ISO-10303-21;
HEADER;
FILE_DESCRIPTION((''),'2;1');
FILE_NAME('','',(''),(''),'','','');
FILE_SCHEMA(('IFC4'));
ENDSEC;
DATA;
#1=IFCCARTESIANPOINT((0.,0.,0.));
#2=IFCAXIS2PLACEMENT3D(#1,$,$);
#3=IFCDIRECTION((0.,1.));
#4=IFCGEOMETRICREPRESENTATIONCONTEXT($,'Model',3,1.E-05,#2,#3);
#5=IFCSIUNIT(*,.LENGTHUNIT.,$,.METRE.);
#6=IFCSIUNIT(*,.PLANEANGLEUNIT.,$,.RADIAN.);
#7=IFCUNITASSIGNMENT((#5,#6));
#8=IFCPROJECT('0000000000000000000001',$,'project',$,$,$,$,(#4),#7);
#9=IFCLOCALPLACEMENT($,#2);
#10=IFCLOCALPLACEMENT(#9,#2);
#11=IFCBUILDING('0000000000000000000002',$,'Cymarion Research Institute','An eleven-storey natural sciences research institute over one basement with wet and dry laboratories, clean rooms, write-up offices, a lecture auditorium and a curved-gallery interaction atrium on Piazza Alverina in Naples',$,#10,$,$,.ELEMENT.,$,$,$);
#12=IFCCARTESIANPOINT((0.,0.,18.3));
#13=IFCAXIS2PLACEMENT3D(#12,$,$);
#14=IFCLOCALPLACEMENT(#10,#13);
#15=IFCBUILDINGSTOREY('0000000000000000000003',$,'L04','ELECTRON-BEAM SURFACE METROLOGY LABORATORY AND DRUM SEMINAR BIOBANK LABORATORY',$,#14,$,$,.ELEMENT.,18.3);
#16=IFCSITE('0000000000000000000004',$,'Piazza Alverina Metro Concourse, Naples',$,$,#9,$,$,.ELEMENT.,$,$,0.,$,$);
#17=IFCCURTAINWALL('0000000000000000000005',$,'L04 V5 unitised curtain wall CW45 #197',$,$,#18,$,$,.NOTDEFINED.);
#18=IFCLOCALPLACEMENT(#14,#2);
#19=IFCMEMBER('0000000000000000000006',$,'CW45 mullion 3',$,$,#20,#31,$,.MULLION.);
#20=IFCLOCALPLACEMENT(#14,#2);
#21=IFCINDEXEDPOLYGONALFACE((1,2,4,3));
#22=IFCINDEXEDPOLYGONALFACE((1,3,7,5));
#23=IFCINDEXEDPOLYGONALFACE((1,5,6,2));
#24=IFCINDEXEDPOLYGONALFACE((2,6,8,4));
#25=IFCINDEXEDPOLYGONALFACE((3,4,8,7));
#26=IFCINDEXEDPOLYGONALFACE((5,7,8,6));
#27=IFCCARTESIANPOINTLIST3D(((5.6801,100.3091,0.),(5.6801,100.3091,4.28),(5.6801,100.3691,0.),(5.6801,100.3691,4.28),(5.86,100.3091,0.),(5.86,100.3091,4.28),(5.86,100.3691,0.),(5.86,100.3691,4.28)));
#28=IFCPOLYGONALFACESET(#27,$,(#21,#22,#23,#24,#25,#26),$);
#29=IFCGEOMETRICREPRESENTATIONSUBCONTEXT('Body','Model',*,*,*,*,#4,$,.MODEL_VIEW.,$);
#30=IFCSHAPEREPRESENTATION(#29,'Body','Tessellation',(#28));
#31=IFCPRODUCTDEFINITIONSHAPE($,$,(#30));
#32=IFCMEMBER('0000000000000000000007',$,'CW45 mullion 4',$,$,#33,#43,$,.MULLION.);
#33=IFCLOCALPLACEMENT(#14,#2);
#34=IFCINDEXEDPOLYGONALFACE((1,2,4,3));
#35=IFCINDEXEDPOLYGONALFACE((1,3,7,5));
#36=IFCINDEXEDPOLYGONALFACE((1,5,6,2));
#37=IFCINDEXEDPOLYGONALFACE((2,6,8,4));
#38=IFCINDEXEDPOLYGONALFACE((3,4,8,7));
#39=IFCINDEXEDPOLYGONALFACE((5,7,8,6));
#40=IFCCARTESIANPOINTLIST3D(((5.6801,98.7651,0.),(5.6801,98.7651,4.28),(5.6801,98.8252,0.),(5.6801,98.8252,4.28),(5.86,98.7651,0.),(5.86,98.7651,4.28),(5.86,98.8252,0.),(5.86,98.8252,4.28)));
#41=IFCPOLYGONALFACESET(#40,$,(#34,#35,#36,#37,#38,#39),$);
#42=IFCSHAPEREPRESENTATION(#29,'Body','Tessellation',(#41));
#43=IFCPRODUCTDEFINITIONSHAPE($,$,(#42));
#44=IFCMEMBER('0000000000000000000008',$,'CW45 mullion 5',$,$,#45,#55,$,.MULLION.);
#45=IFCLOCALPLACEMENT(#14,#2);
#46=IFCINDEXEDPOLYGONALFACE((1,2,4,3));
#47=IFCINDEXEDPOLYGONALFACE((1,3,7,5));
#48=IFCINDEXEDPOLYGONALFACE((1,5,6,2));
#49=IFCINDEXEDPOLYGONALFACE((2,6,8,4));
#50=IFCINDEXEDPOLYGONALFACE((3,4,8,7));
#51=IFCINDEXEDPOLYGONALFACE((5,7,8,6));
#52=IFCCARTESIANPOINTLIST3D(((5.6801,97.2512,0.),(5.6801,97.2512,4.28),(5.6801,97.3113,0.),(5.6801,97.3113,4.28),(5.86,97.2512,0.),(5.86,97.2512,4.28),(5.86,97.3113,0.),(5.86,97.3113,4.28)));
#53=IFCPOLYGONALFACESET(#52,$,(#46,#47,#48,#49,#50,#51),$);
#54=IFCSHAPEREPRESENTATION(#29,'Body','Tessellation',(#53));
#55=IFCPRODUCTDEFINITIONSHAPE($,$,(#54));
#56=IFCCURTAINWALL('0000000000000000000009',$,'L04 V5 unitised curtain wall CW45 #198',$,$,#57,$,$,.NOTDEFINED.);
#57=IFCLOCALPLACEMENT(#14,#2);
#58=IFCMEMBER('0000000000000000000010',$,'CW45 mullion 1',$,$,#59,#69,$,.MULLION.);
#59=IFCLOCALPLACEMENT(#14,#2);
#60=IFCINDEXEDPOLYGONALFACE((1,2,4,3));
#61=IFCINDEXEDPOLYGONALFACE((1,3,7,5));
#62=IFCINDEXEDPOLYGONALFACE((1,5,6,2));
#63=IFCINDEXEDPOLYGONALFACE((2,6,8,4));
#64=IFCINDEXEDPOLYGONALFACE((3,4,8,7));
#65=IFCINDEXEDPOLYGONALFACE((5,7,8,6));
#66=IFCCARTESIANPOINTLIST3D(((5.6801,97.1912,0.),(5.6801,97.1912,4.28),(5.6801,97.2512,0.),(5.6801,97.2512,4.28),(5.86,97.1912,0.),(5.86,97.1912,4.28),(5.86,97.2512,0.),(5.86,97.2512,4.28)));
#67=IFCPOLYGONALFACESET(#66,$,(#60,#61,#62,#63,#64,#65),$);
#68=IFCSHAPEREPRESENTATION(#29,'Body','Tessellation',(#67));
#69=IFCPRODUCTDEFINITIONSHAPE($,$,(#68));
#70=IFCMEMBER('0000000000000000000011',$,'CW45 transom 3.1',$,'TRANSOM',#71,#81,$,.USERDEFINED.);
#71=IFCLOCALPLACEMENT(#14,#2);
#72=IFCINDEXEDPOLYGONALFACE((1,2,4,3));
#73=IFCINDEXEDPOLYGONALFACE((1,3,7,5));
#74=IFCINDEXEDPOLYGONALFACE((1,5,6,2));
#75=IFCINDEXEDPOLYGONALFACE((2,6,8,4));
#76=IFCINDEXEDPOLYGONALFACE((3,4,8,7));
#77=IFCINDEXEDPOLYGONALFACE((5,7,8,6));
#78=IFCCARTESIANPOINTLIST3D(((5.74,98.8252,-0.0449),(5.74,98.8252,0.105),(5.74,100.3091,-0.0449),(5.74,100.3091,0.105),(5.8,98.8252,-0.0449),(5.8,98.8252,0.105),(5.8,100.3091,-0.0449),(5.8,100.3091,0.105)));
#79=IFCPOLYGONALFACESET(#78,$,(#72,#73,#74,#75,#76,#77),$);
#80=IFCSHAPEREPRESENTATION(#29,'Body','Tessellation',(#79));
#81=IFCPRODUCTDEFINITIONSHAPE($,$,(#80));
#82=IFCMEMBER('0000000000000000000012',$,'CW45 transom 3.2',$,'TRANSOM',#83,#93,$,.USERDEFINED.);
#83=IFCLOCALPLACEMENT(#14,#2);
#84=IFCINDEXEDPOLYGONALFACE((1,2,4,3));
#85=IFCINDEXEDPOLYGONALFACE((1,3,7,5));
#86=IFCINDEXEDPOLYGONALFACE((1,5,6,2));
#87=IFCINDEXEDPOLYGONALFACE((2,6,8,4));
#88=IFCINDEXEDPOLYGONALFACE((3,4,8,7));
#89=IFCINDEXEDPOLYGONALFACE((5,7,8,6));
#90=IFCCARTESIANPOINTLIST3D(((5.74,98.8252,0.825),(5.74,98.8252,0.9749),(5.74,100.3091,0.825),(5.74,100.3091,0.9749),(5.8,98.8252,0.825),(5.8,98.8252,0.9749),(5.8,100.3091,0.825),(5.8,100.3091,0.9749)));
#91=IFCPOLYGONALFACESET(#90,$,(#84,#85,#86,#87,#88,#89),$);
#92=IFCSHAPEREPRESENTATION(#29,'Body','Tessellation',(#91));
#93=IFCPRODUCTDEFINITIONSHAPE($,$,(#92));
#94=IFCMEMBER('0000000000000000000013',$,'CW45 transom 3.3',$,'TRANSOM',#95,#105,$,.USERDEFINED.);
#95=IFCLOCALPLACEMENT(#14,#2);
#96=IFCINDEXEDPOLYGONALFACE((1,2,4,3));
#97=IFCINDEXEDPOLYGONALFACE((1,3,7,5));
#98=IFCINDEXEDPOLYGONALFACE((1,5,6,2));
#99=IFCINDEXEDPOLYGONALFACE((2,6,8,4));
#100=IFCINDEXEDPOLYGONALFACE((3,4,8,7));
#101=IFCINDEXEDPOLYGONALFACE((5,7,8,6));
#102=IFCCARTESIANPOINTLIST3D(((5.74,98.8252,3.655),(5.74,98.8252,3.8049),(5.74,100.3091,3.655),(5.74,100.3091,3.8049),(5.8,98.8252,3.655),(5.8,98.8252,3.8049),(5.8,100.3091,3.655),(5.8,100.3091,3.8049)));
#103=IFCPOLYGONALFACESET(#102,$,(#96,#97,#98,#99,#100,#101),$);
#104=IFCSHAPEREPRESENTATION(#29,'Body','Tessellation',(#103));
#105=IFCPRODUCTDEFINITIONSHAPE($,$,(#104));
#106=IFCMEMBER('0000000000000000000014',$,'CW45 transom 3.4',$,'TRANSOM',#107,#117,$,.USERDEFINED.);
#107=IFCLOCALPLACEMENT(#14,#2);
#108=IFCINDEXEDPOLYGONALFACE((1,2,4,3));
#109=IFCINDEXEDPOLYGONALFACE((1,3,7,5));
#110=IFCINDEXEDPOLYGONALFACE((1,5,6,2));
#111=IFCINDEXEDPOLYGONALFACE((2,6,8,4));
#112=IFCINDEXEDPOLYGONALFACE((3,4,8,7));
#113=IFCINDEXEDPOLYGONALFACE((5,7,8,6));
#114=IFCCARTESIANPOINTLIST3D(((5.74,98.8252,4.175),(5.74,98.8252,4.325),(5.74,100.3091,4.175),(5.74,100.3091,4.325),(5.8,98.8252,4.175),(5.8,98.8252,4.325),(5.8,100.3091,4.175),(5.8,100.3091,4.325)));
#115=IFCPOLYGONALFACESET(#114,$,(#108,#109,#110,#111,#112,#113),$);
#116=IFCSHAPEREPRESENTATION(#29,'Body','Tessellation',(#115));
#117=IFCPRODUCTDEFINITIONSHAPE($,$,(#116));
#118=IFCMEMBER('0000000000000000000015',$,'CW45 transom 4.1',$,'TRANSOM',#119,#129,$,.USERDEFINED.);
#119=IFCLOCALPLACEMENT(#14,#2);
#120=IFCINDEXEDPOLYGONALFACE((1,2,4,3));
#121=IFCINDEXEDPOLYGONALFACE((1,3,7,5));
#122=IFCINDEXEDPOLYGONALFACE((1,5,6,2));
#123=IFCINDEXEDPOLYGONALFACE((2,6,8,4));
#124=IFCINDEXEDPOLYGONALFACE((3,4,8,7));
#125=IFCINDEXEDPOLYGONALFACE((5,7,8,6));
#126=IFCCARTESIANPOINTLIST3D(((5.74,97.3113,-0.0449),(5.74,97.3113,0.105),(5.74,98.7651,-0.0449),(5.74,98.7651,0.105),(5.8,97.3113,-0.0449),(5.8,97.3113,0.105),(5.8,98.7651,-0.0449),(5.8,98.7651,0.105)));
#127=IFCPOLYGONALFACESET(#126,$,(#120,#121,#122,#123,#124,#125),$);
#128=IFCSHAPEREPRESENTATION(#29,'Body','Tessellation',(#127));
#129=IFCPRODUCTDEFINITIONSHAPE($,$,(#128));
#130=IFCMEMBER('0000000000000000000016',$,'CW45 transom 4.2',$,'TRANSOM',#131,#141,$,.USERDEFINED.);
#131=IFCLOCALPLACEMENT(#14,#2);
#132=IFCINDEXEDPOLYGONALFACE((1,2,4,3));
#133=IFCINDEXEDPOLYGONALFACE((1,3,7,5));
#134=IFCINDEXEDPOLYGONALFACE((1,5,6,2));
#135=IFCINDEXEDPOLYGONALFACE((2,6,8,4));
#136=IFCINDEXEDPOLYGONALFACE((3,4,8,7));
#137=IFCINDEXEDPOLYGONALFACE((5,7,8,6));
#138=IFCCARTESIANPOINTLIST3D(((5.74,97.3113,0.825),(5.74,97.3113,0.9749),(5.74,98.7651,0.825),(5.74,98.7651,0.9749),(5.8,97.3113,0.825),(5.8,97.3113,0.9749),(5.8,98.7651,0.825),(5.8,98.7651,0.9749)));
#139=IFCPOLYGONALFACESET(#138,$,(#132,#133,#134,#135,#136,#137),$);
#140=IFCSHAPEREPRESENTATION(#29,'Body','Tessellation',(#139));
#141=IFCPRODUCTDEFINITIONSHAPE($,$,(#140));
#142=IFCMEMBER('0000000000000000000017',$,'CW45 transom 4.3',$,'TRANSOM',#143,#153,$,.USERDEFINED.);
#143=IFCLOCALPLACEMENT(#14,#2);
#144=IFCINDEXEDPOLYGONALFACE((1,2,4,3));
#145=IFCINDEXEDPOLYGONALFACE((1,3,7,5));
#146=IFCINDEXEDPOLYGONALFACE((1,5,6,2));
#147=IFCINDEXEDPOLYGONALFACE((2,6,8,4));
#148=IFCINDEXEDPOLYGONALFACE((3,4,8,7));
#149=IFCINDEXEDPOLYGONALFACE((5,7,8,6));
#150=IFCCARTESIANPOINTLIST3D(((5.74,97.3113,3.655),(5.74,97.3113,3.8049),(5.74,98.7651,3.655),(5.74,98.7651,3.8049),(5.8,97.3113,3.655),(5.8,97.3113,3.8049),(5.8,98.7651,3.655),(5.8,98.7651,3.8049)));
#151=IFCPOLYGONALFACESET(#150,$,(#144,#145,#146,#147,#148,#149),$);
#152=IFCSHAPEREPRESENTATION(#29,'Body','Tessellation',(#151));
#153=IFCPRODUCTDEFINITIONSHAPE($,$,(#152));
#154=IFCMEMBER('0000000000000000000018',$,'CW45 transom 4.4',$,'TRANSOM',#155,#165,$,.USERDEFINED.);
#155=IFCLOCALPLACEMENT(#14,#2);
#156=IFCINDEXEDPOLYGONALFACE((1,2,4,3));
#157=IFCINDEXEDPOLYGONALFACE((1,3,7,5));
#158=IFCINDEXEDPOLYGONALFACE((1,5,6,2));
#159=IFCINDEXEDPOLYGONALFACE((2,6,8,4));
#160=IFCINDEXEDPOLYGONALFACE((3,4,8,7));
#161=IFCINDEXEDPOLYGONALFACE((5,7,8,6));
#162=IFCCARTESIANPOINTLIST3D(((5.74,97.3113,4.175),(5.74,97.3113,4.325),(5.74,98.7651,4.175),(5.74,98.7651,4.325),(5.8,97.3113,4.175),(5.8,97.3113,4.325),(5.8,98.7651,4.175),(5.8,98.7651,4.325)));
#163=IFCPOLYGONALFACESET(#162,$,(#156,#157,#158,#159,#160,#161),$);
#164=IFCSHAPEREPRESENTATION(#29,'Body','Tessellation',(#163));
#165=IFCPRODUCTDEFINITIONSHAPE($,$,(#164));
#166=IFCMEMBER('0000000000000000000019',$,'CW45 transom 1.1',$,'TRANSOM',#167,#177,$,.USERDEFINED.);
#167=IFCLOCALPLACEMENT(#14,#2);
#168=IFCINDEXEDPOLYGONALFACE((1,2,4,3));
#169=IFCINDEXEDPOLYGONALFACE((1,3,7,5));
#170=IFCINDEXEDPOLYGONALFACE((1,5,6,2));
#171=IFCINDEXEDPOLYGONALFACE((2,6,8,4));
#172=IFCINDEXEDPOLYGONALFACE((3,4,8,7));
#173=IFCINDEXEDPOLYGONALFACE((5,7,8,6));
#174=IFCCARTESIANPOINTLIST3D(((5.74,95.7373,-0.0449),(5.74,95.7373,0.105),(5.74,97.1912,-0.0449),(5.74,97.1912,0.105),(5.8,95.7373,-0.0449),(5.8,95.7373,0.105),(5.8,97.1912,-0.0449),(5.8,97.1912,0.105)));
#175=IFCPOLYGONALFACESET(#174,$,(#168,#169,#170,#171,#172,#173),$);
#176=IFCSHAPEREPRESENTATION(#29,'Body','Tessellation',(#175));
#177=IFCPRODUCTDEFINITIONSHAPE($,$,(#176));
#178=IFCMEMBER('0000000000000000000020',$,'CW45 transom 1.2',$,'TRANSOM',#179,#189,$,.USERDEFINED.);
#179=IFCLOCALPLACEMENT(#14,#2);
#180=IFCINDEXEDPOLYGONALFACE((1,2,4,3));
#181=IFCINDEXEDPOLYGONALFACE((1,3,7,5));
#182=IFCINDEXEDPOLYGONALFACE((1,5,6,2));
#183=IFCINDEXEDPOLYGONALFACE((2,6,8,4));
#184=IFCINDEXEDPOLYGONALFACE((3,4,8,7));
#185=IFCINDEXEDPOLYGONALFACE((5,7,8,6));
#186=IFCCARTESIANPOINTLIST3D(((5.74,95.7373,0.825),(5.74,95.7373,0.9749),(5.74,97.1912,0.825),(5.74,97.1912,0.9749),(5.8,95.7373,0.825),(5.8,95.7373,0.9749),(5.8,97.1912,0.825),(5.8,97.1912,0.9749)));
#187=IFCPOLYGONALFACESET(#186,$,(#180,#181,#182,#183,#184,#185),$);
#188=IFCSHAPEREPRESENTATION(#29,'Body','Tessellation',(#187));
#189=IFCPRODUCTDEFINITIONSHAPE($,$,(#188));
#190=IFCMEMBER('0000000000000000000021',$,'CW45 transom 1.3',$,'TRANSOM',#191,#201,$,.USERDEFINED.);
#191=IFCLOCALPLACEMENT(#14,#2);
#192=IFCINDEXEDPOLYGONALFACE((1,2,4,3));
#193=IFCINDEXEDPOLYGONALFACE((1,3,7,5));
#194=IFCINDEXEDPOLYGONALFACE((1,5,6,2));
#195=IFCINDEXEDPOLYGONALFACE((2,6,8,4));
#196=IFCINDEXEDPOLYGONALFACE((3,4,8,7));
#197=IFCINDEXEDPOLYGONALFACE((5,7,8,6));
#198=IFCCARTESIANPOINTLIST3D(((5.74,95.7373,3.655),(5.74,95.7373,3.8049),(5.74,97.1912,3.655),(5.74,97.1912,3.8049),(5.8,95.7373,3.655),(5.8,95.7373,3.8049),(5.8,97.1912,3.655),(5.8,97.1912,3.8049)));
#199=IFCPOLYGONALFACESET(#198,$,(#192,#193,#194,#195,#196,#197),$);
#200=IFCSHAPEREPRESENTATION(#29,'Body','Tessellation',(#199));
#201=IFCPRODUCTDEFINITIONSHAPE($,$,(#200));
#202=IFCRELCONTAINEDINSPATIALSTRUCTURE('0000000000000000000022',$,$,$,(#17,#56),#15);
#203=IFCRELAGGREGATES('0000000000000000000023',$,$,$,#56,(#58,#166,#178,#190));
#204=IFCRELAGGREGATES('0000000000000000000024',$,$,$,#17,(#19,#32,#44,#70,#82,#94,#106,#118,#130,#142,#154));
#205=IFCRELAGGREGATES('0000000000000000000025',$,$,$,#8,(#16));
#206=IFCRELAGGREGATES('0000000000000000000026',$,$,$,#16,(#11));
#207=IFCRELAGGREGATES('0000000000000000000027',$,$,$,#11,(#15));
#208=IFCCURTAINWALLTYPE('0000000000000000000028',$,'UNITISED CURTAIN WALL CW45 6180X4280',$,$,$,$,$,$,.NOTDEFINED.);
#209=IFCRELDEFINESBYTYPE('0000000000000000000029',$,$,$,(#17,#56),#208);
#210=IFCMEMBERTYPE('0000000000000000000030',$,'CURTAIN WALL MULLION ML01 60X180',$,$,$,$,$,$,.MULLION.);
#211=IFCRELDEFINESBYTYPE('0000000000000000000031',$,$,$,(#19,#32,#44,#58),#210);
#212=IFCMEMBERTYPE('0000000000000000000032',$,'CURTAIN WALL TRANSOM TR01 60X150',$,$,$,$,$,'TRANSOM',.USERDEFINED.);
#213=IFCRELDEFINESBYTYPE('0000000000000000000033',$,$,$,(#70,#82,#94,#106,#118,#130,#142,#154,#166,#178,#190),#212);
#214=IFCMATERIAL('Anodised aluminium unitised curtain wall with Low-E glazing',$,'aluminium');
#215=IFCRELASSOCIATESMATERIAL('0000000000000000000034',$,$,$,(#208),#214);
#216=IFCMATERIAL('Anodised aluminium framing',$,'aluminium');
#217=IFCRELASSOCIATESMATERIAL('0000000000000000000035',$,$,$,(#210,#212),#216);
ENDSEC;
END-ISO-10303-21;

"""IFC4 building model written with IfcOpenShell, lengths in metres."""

from ifc_helpers import new_model, si_unit, direction, frame, origin, origin_2d, place, context, subcontext, project, spatial, rectangle, extrude, material, material_profile, profile_set, type_object, element, aggregate, save


model = new_model("IFC4")

# Units and contexts
model_context = context("Model", 3, precision=1e-05, world=origin(), true_north=direction((0.0, 1.0)))
body_context = subcontext(model_context, "Body", "Model", "MODEL_VIEW")
ifc_project = project(units=[si_unit("LENGTHUNIT", "METRE"), si_unit("PLANEANGLEUNIT", "RADIAN")], contexts=[model_context])

# Site, building, storey
site_placement = place(None, origin())
site = spatial("IfcSite", under=ifc_project, at=site_placement, Name="Piazza Alverina Metro Concourse, Naples", CompositionType="ELEMENT", RefElevation=0.0)
building_placement = place(site_placement, origin())
building = spatial("IfcBuilding", under=site, at=building_placement, Name="Cymarion Research Institute", Description="An eleven-storey natural sciences research institute over one basement with wet and dry laboratories, clean rooms, write-up offices, a lecture auditorium and a curved-gallery interaction atrium on Piazza Alverina in Naples", CompositionType="ELEMENT")
storey_placement = place(building_placement, frame((0.0, 0.0, 18.3)))
storey = spatial("IfcBuildingStorey", under=building, at=storey_placement, Name="L04", Description="ELECTRON-BEAM SURFACE METROLOGY LABORATORY AND DRUM SEMINAR BIOBANK LABORATORY", CompositionType="ELEMENT", Elevation=18.3)

# Curtain wall, members
ifc_material_1 = material(Name="Anodised aluminium unitised curtain wall with Low-E glazing", Category="aluminium")
curtain_wall_type = type_object("IfcCurtainWallType", Name="UNITISED CURTAIN WALL CW45 6180X4280", PredefinedType="NOTDEFINED", material=ifc_material_1)
curtain_wall_1_placement = place(storey_placement, origin())
curtain_wall_1 = element("IfcCurtainWall", 1, at=curtain_wall_1_placement, inside=storey, type_object=curtain_wall_type, Name="L04 V5 unitised curtain wall CW45 #197", PredefinedType="NOTDEFINED")
ifc_material_2 = material(Name="Anodised aluminium framing", Category="aluminium")
ifc_material_profile_1 = material_profile(ifc_material_2, rectangle(XDim=0.0601, YDim=0.1799, at=origin_2d()), Name="ALU MULLION 60x180")
ifc_profile_set_1 = profile_set([ifc_material_profile_1], Name="Anodised aluminium framing")
member_type_1 = type_object("IfcMemberType", Name="CURTAIN WALL MULLION ML01 60X180", PredefinedType="MULLION", material=ifc_profile_set_1)
member_1_placement = place(storey_placement, frame((5.77, 100.3391, 0.0), z_axis=(0.0, 0.0, 1.0), x_axis=(0.0, -1.0, 0.0)))
member_1 = element("IfcMember", 2, at=member_1_placement, type_object=member_type_1, Name="CW45 mullion 3", PredefinedType="MULLION", context=body_context, shape_type="SweptSolid", body=[
    extrude(rectangle(XDim=0.0601, YDim=0.1799, at=origin_2d()), origin(), (0.0, 0.0, 1.0), 4.28),
])
member_2_placement = place(storey_placement, frame((5.77, 98.7952, 0.0), z_axis=(0.0, 0.0, 1.0), x_axis=(0.0, -1.0, 0.0)))
member_2 = element("IfcMember", 3, at=member_2_placement, type_object=member_type_1, Name="CW45 mullion 4", PredefinedType="MULLION", context=body_context, shape_type="SweptSolid", body=[
    extrude(rectangle(XDim=0.0601, YDim=0.1799, at=origin_2d()), origin(), (0.0, 0.0, 1.0), 4.28),
])
member_3_placement = place(storey_placement, frame((5.77, 97.2812, 0.0), z_axis=(0.0, 0.0, 1.0), x_axis=(0.0, -1.0, 0.0)))
member_3 = element("IfcMember", 4, at=member_3_placement, type_object=member_type_1, Name="CW45 mullion 5", PredefinedType="MULLION", context=body_context, shape_type="SweptSolid", body=[
    extrude(rectangle(XDim=0.0601, YDim=0.1799, at=origin_2d()), origin(), (0.0, 0.0, 1.0), 4.28),
])

# Curtain wall, member
curtain_wall_2_placement = place(storey_placement, origin())
curtain_wall_2 = element("IfcCurtainWall", 5, at=curtain_wall_2_placement, inside=storey, type_object=curtain_wall_type, Name="L04 V5 unitised curtain wall CW45 #198", PredefinedType="NOTDEFINED")
member_4_placement = place(storey_placement, frame((5.77, 97.2212, 0.0), z_axis=(0.0, 0.0, 1.0), x_axis=(0.0, -1.0, 0.0)))
member_4 = element("IfcMember", 6, at=member_4_placement, type_object=member_type_1, Name="CW45 mullion 1", PredefinedType="MULLION", context=body_context, shape_type="SweptSolid", body=[
    extrude(rectangle(XDim=0.0601, YDim=0.1799, at=origin_2d()), origin(), (0.0, 0.0, 1.0), 4.28),
])

# Members
ifc_material_profile_2 = material_profile(ifc_material_2, rectangle(XDim=0.0601, YDim=0.1499, at=origin_2d()), Name="ALU TRANSOM 60x150")
ifc_profile_set_2 = profile_set([ifc_material_profile_2], Name="Anodised aluminium framing")
member_type_2 = type_object("IfcMemberType", Name="CURTAIN WALL TRANSOM TR01 60X150", ElementType="TRANSOM", PredefinedType="USERDEFINED", material=ifc_profile_set_2)
member_5_placement = place(storey_placement, frame((5.77, 100.3091, 0.03), z_axis=(0.0, -1.0, 0.0), x_axis=(1.0, 0.0, 0.0)))
member_5 = element("IfcMember", 7, at=member_5_placement, type_object=member_type_2, Name="CW45 transom 3.1", ObjectType="TRANSOM", PredefinedType="USERDEFINED", context=body_context, shape_type="SweptSolid", body=[
    extrude(rectangle(XDim=0.0601, YDim=0.1499, at=origin_2d()), origin(), (0.0, 0.0, 1.0), 1.4839),
])
member_6_placement = place(storey_placement, frame((5.77, 100.3091, 0.8999), z_axis=(0.0, -1.0, 0.0), x_axis=(1.0, 0.0, 0.0)))
member_6 = element("IfcMember", 8, at=member_6_placement, type_object=member_type_2, Name="CW45 transom 3.2", ObjectType="TRANSOM", PredefinedType="USERDEFINED", context=body_context, shape_type="SweptSolid", body=[
    extrude(rectangle(XDim=0.0601, YDim=0.1499, at=origin_2d()), origin(), (0.0, 0.0, 1.0), 1.4839),
])
member_7_placement = place(storey_placement, frame((5.77, 100.3091, 3.73), z_axis=(0.0, -1.0, 0.0), x_axis=(1.0, 0.0, 0.0)))
member_7 = element("IfcMember", 9, at=member_7_placement, type_object=member_type_2, Name="CW45 transom 3.3", ObjectType="TRANSOM", PredefinedType="USERDEFINED", context=body_context, shape_type="SweptSolid", body=[
    extrude(rectangle(XDim=0.0601, YDim=0.1499, at=origin_2d()), origin(), (0.0, 0.0, 1.0), 1.4839),
])
member_8_placement = place(storey_placement, frame((5.77, 100.3091, 4.25), z_axis=(0.0, -1.0, 0.0), x_axis=(1.0, 0.0, 0.0)))
member_8 = element("IfcMember", 10, at=member_8_placement, type_object=member_type_2, Name="CW45 transom 3.4", ObjectType="TRANSOM", PredefinedType="USERDEFINED", context=body_context, shape_type="SweptSolid", body=[
    extrude(rectangle(XDim=0.0601, YDim=0.1499, at=origin_2d()), origin(), (0.0, 0.0, 1.0), 1.4839),
])
member_9_placement = place(storey_placement, frame((5.77, 98.7651, 0.03), z_axis=(0.0, -1.0, 0.0), x_axis=(1.0, 0.0, 0.0)))
member_9 = element("IfcMember", 11, at=member_9_placement, type_object=member_type_2, Name="CW45 transom 4.1", ObjectType="TRANSOM", PredefinedType="USERDEFINED", context=body_context, shape_type="SweptSolid", body=[
    extrude(rectangle(XDim=0.0601, YDim=0.1499, at=origin_2d()), origin(), (0.0, 0.0, 1.0), 1.4539),
])
member_10_placement = place(storey_placement, frame((5.77, 98.7651, 0.8999), z_axis=(0.0, -1.0, 0.0), x_axis=(1.0, 0.0, 0.0)))
member_10 = element("IfcMember", 12, at=member_10_placement, type_object=member_type_2, Name="CW45 transom 4.2", ObjectType="TRANSOM", PredefinedType="USERDEFINED", context=body_context, shape_type="SweptSolid", body=[
    extrude(rectangle(XDim=0.0601, YDim=0.1499, at=origin_2d()), origin(), (0.0, 0.0, 1.0), 1.4539),
])
member_11_placement = place(storey_placement, frame((5.77, 98.7651, 3.73), z_axis=(0.0, -1.0, 0.0), x_axis=(1.0, 0.0, 0.0)))
member_11 = element("IfcMember", 13, at=member_11_placement, type_object=member_type_2, Name="CW45 transom 4.3", ObjectType="TRANSOM", PredefinedType="USERDEFINED", context=body_context, shape_type="SweptSolid", body=[
    extrude(rectangle(XDim=0.0601, YDim=0.1499, at=origin_2d()), origin(), (0.0, 0.0, 1.0), 1.4539),
])
member_12_placement = place(storey_placement, frame((5.77, 98.7651, 4.25), z_axis=(0.0, -1.0, 0.0), x_axis=(1.0, 0.0, 0.0)))
member_12 = element("IfcMember", 14, at=member_12_placement, type_object=member_type_2, Name="CW45 transom 4.4", ObjectType="TRANSOM", PredefinedType="USERDEFINED", context=body_context, shape_type="SweptSolid", body=[
    extrude(rectangle(XDim=0.0601, YDim=0.1499, at=origin_2d()), origin(), (0.0, 0.0, 1.0), 1.4539),
])
member_13_placement = place(storey_placement, frame((5.77, 97.1912, 0.03), z_axis=(0.0, -1.0, 0.0), x_axis=(1.0, 0.0, 0.0)))
member_13 = element("IfcMember", 15, at=member_13_placement, type_object=member_type_2, Name="CW45 transom 1.1", ObjectType="TRANSOM", PredefinedType="USERDEFINED", context=body_context, shape_type="SweptSolid", body=[
    extrude(rectangle(XDim=0.0601, YDim=0.1499, at=origin_2d()), origin(), (0.0, 0.0, 1.0), 1.4539),
])
member_14_placement = place(storey_placement, frame((5.77, 97.1912, 0.8999), z_axis=(0.0, -1.0, 0.0), x_axis=(1.0, 0.0, 0.0)))
member_14 = element("IfcMember", 16, at=member_14_placement, type_object=member_type_2, Name="CW45 transom 1.2", ObjectType="TRANSOM", PredefinedType="USERDEFINED", context=body_context, shape_type="SweptSolid", body=[
    extrude(rectangle(XDim=0.0601, YDim=0.1499, at=origin_2d()), origin(), (0.0, 0.0, 1.0), 1.4539),
])
member_15_placement = place(storey_placement, frame((5.77, 97.1912, 3.73), z_axis=(0.0, -1.0, 0.0), x_axis=(1.0, 0.0, 0.0)))
member_15 = element("IfcMember", 17, at=member_15_placement, type_object=member_type_2, Name="CW45 transom 1.3", ObjectType="TRANSOM", PredefinedType="USERDEFINED", context=body_context, shape_type="SweptSolid", body=[
    extrude(rectangle(XDim=0.0601, YDim=0.1499, at=origin_2d()), origin(), (0.0, 0.0, 1.0), 1.4539),
])
aggregate(curtain_wall_2, [member_4, member_13, member_14, member_15])

aggregate(curtain_wall_1, [member_1, member_2, member_3, member_5, member_6, member_7, member_8, member_9, member_10, member_11, member_12])

save(model, "model.ifc")
